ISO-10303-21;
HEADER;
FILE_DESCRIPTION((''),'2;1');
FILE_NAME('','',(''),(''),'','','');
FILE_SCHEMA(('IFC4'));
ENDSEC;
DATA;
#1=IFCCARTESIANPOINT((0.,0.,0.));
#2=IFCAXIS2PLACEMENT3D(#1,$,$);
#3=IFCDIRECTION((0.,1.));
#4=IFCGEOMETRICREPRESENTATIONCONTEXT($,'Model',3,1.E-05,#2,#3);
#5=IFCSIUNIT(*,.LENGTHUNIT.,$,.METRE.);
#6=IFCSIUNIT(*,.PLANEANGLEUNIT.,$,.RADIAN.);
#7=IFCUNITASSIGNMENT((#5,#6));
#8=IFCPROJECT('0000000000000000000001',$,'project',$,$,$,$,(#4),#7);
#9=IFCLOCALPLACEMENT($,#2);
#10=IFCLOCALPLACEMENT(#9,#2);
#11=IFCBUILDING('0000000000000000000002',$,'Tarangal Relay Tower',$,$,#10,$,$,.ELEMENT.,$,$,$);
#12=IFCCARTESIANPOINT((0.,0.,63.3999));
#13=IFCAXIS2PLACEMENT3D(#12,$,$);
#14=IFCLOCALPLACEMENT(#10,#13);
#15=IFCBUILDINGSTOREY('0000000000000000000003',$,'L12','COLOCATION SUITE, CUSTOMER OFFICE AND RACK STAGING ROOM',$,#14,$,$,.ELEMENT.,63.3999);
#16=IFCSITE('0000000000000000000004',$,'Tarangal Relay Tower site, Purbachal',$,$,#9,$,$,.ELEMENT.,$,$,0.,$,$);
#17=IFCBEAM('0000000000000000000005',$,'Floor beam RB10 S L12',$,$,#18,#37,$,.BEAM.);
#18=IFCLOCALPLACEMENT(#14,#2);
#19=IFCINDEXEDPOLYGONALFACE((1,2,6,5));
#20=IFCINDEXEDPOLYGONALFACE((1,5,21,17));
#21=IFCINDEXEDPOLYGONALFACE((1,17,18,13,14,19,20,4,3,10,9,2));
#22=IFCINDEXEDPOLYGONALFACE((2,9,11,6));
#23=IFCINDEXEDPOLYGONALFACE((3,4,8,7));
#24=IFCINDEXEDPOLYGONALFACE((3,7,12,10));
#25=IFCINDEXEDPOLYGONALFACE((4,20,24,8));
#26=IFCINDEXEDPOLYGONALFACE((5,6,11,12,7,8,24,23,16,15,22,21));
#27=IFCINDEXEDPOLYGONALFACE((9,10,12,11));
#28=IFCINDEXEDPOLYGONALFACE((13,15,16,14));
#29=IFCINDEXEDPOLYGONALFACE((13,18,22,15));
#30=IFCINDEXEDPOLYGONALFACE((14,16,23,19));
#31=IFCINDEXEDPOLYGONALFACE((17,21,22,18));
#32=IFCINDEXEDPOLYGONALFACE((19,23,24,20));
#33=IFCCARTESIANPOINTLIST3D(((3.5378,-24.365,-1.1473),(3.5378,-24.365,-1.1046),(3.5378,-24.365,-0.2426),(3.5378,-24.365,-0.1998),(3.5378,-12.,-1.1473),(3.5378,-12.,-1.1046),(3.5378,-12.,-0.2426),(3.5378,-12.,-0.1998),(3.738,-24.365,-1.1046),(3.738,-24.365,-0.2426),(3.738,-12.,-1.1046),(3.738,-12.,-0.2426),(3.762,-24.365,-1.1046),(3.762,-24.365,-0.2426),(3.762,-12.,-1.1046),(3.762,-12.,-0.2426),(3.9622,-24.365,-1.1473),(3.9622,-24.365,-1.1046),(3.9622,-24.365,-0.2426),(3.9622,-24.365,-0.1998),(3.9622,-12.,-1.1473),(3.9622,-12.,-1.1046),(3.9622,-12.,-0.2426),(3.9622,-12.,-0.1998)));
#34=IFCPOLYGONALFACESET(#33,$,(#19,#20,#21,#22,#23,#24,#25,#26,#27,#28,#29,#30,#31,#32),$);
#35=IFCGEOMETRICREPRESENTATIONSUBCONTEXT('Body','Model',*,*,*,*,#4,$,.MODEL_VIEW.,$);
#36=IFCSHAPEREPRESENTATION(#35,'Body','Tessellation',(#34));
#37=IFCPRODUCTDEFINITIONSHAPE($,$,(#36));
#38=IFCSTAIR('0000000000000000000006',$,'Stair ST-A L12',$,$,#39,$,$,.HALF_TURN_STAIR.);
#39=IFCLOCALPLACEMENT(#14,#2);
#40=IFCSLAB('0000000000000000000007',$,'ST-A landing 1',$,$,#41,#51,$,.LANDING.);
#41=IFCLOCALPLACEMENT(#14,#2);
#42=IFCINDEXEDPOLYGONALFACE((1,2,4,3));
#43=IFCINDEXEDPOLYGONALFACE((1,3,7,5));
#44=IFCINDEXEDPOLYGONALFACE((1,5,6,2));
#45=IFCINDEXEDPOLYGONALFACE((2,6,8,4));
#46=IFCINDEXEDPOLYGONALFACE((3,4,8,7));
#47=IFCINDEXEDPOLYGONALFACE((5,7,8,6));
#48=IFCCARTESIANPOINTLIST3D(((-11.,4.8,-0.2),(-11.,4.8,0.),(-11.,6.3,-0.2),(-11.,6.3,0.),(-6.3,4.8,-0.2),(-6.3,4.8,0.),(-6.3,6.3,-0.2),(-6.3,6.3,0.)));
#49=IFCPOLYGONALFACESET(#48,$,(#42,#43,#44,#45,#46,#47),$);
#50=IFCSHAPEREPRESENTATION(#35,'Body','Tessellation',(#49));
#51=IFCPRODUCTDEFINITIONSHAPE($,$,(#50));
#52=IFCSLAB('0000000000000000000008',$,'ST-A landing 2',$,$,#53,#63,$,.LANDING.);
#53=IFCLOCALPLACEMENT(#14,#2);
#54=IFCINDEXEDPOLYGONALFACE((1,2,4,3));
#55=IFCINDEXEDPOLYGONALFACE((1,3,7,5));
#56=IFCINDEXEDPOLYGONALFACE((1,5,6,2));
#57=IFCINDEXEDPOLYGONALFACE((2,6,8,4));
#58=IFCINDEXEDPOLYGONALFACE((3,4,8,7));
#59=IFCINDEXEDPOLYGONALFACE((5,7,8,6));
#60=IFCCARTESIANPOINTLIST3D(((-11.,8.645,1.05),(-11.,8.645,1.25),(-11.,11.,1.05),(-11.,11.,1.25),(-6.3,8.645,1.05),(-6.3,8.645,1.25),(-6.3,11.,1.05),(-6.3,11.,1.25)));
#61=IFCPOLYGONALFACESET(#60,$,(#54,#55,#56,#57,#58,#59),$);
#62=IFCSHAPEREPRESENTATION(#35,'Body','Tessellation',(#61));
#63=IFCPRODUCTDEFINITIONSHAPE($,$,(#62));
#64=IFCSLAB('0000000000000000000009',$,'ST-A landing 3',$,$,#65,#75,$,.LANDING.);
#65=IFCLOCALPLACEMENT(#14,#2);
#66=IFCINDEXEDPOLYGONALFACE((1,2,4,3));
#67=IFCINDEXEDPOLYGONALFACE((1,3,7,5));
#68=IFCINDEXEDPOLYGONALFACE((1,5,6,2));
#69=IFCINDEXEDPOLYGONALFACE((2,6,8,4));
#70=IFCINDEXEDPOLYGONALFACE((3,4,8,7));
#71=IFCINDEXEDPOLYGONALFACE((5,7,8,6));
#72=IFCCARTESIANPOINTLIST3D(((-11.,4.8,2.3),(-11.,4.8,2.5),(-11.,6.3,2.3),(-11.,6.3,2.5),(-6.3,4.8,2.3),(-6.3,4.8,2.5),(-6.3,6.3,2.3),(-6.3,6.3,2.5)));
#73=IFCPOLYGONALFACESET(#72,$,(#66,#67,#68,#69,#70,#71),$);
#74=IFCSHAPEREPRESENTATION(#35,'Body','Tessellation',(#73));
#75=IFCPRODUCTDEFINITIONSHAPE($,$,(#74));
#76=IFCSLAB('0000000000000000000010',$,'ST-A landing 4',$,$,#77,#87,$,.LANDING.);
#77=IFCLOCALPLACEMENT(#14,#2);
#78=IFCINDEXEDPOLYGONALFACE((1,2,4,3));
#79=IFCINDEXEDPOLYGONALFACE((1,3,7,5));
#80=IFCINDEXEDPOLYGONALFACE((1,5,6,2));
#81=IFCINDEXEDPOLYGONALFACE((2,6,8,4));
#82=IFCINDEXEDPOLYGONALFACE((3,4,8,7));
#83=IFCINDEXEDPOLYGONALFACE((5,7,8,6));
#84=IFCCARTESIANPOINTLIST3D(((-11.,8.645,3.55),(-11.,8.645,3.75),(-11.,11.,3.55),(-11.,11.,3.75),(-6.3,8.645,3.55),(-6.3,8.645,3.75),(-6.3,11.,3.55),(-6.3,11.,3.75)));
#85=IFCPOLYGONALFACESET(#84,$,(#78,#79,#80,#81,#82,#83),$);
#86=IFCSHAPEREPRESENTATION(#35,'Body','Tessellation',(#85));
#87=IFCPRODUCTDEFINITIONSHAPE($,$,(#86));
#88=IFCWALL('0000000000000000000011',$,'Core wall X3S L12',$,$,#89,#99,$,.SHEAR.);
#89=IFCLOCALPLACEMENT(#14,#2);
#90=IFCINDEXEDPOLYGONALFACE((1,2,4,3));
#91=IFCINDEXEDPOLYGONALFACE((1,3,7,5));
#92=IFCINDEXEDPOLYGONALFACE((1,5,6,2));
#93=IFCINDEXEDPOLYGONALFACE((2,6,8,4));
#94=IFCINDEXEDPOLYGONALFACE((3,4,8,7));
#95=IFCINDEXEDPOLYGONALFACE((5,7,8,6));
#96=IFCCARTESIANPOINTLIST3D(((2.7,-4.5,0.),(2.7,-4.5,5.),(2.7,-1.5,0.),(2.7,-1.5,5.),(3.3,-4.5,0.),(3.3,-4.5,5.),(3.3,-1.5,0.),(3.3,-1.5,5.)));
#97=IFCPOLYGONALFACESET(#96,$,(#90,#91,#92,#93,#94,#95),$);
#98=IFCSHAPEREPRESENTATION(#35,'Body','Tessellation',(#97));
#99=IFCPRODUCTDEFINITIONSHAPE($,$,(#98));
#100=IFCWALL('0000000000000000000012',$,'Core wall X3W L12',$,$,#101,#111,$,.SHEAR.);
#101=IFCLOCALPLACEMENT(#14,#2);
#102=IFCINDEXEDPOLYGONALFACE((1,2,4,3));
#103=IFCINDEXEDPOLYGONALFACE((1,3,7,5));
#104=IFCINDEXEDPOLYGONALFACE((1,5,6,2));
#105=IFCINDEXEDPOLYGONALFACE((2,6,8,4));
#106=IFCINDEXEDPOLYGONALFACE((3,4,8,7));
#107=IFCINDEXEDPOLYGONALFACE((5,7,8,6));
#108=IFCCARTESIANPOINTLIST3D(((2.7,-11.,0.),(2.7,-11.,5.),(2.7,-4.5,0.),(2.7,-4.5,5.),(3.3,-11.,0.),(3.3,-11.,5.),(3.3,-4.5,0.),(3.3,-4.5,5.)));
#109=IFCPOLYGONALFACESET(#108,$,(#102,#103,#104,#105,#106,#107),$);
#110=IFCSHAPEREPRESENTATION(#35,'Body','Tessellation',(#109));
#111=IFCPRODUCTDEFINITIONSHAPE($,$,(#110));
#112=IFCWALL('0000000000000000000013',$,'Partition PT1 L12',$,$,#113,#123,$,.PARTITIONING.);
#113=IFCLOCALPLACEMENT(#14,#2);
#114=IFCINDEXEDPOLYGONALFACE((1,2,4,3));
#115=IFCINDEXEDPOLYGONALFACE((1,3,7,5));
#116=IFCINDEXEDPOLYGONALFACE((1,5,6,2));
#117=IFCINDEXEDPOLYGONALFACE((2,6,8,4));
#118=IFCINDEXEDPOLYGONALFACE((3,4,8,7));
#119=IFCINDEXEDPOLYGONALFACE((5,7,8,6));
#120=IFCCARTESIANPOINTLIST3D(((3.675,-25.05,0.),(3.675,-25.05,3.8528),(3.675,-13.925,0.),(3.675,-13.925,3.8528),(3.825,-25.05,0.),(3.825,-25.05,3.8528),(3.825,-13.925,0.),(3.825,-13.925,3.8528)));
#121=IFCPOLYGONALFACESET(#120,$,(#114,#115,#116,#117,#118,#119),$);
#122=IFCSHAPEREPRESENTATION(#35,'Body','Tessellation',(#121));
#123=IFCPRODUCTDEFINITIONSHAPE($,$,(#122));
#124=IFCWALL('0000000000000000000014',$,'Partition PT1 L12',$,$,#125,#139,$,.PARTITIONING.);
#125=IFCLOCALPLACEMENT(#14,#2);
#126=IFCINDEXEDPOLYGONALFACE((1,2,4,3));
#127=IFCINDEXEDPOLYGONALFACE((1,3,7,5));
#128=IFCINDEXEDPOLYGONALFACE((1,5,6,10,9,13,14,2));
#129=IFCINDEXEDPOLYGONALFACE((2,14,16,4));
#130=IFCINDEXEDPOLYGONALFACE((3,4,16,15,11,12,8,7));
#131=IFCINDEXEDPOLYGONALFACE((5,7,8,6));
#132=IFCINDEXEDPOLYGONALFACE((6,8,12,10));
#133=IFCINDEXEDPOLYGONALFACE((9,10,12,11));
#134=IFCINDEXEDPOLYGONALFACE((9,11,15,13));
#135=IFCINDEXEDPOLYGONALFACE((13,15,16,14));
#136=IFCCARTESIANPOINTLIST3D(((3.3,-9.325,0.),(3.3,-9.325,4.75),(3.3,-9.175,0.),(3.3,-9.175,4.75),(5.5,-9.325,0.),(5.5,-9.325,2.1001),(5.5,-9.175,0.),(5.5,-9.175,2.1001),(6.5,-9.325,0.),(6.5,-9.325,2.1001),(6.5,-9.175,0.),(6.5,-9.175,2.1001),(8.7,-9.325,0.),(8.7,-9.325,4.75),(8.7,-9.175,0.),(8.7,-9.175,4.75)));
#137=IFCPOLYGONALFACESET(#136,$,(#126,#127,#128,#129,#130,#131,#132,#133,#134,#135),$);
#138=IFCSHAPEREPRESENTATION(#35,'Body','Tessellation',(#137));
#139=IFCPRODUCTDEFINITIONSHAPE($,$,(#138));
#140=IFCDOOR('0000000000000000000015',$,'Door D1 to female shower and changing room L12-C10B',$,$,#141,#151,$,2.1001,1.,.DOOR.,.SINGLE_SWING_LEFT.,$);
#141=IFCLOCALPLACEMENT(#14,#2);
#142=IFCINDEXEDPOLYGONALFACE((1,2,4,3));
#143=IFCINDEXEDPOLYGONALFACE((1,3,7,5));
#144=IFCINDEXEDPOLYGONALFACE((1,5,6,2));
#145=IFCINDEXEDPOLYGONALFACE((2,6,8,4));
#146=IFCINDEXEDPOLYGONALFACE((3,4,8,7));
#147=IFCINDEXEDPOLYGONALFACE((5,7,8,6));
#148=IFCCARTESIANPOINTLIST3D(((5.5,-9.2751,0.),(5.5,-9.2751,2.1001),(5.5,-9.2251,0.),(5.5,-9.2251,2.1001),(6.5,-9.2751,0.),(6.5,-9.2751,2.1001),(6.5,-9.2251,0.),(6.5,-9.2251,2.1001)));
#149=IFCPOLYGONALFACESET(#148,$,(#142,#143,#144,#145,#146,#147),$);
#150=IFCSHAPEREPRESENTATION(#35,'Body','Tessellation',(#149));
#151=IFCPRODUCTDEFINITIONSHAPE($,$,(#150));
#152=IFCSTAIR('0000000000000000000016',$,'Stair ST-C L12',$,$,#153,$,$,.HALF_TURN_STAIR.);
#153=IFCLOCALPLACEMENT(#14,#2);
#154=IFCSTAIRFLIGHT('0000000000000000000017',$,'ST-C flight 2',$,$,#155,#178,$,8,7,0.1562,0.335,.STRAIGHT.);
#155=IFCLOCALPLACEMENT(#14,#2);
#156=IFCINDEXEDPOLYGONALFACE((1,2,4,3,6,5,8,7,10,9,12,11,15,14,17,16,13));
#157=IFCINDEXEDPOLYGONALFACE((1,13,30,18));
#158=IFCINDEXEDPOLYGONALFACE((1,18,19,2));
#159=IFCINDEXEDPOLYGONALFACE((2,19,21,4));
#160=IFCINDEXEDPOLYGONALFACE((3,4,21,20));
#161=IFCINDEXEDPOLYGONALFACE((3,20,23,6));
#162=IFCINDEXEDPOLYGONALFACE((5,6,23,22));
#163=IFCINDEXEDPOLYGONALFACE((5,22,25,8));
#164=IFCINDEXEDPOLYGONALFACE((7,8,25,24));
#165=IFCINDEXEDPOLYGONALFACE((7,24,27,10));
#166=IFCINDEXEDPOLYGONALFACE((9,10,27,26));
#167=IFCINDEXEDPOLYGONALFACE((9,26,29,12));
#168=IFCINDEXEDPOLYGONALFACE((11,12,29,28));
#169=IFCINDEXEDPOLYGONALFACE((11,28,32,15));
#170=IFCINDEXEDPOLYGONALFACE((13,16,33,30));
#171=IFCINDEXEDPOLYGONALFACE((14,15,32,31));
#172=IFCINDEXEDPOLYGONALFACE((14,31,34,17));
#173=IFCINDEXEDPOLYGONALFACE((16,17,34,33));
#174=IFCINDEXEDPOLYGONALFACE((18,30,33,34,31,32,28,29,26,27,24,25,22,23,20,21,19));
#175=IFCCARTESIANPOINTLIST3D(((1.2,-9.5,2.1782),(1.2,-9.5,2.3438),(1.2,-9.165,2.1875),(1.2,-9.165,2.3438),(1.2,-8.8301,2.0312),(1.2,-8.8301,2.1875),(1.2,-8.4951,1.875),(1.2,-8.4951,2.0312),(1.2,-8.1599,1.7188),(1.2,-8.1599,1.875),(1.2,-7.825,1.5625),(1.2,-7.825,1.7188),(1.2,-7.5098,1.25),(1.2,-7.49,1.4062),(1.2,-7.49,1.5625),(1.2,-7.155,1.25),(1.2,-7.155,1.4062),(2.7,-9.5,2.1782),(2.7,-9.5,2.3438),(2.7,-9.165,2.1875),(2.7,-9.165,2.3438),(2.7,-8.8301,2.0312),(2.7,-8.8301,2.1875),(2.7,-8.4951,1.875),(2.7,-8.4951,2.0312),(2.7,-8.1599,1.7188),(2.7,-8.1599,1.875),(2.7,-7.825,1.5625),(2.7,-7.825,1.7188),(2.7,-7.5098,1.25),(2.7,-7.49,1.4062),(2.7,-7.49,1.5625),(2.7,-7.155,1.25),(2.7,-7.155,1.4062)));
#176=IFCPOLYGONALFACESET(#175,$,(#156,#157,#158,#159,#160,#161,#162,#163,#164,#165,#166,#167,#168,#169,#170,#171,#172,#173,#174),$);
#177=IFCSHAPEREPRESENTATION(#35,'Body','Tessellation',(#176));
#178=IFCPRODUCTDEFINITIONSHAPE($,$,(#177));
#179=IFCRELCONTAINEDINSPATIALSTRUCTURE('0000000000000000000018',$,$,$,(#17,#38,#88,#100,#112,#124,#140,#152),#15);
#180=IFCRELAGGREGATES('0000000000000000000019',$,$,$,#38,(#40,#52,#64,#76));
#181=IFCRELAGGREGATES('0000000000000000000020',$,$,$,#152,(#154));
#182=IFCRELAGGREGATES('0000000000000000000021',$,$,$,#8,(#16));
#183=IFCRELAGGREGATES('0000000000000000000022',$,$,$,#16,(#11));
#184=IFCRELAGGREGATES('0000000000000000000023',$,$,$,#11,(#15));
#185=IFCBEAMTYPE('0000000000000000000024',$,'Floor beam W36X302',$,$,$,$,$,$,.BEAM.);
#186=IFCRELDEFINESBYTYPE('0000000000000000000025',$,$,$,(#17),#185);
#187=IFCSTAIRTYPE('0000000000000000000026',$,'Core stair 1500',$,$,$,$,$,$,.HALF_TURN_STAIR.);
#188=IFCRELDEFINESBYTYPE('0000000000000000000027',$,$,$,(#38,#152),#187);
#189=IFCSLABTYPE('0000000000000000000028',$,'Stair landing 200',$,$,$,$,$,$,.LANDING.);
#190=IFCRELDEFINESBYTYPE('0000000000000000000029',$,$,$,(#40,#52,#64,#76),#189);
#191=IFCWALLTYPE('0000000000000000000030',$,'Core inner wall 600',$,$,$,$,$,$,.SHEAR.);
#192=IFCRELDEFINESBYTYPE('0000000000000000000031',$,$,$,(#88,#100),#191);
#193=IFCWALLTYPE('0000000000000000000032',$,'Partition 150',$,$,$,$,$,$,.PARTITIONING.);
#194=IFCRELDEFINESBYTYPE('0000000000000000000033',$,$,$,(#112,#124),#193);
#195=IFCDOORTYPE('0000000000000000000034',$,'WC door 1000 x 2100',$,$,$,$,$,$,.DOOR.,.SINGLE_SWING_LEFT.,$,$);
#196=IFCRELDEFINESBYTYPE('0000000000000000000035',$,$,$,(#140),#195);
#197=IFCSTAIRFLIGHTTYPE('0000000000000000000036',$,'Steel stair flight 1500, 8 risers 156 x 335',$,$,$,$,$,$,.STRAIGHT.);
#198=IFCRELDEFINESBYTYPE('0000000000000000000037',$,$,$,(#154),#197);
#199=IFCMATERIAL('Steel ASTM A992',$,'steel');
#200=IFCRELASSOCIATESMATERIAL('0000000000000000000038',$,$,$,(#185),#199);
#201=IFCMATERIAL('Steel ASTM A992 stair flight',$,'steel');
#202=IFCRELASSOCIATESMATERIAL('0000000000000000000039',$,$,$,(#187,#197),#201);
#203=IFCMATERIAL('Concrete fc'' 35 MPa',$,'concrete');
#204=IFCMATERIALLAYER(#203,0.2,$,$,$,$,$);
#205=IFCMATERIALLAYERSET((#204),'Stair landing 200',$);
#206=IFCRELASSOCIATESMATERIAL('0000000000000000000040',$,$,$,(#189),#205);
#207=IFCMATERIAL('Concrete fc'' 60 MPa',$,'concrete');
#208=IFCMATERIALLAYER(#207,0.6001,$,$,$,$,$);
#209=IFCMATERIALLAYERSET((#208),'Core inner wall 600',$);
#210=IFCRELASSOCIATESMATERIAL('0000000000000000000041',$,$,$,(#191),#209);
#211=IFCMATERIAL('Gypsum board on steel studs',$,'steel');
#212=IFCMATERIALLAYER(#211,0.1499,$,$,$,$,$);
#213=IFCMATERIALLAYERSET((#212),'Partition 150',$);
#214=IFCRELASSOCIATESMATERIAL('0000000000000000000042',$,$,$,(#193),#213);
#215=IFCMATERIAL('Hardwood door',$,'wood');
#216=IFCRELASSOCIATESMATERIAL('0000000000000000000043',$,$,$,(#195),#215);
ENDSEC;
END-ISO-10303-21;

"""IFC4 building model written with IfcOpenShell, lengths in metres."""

from ifc_helpers import new_model, si_unit, direction, frame, frame_2d, origin, origin_2d, place, context, subcontext, project, spatial, polyline, rectangle, i_section, outline, extrude, material, layer, layer_set, material_profile, profile_set, type_object, element, fill, aggregate, save


model = new_model("IFC4")

# Units and contexts
model_context = context("Model", 3, precision=1e-05, world=origin(), true_north=direction((0.0, 1.0)))
body_context = subcontext(model_context, "Body", "Model", "MODEL_VIEW")
ifc_project = project(units=[si_unit("LENGTHUNIT", "METRE"), si_unit("PLANEANGLEUNIT", "RADIAN")], contexts=[model_context])

# Site, building, storey
site_placement = place(None, origin())
site = spatial("IfcSite", under=ifc_project, at=site_placement, Name="Tarangal Relay Tower site, Purbachal", CompositionType="ELEMENT", RefElevation=0.0)
building_placement = place(site_placement, origin())
building = spatial("IfcBuilding", under=site, at=building_placement, Name="Tarangal Relay Tower", CompositionType="ELEMENT")
storey_placement = place(building_placement, frame((0.0, 0.0, 63.3999)))
storey = spatial("IfcBuildingStorey", under=building, at=storey_placement, Name="L12", Description="COLOCATION SUITE, CUSTOMER OFFICE AND RACK STAGING ROOM", CompositionType="ELEMENT", Elevation=63.3999)

# Beam
ifc_material_1 = material(Name="Steel ASTM A992", Category="steel")
ifc_material_profile = material_profile(ifc_material_1, i_section(OverallWidth=0.4243, OverallDepth=0.9475, WebThickness=0.0239, FlangeThickness=0.0427, at=origin_2d()), Name="W36X302")
ifc_profile_set = profile_set([ifc_material_profile], Name="Steel ASTM A992")
beam_type = type_object("IfcBeamType", Name="Floor beam W36X302", PredefinedType="BEAM", material=ifc_profile_set)
beam_placement = place(storey_placement, frame((3.75, -12.0, -0.6736), z_axis=(0.0, -1.0, 0.0), x_axis=(1.0, 0.0, 0.0)))
element("IfcBeam", 1, at=beam_placement, inside=storey, type_object=beam_type, Name="Floor beam RB10 S L12", PredefinedType="BEAM", context=body_context, shape_type="SweptSolid", body=[
    extrude(i_section(OverallWidth=0.4243, OverallDepth=0.9475, WebThickness=0.0239, FlangeThickness=0.0427, at=origin_2d()), origin(), (0.0, 0.0, 1.0), 12.365),
])

# Stair, slabs
ifc_material_2 = material(Name="Steel ASTM A992 stair flight", Category="steel")
stair_type = type_object("IfcStairType", Name="Core stair 1500", PredefinedType="HALF_TURN_STAIR", material=ifc_material_2)
stair_1_placement = place(storey_placement, origin())
stair_1 = element("IfcStair", 2, at=stair_1_placement, inside=storey, type_object=stair_type, Name="Stair ST-A L12", PredefinedType="HALF_TURN_STAIR")
ifc_material_3 = material(Name="Concrete fc' 35 MPa", Category="concrete")
ifc_layer_1 = layer(ifc_material_3, 0.2)
ifc_layer_set_1 = layer_set([ifc_layer_1], Name="Stair landing 200")
slab_type = type_object("IfcSlabType", Name="Stair landing 200", PredefinedType="LANDING", material=ifc_layer_set_1)
slab_1_placement = place(storey_placement, frame((0.0, 0.0, -0.2)))
slab_1 = element("IfcSlab", 3, at=slab_1_placement, type_object=slab_type, Name="ST-A landing 1", PredefinedType="LANDING", context=body_context, shape_type="SweptSolid", body=[
    extrude(outline(polyline([(-11.0, 4.8), (-6.3, 4.8), (-6.3, 6.3), (-11.0, 6.3), (-11.0, 4.8)])), origin(), (0.0, 0.0, 1.0), 0.2),
])
slab_2_placement = place(storey_placement, frame((0.0, 0.0, 1.05)))
slab_2 = element("IfcSlab", 4, at=slab_2_placement, type_object=slab_type, Name="ST-A landing 2", PredefinedType="LANDING", context=body_context, shape_type="SweptSolid", body=[
    extrude(outline(polyline([(-11.0, 8.645), (-6.3, 8.645), (-6.3, 11.0), (-11.0, 11.0), (-11.0, 8.645)])), origin(), (0.0, 0.0, 1.0), 0.2),
])
slab_3_placement = place(storey_placement, frame((0.0, 0.0, 2.3)))
slab_3 = element("IfcSlab", 5, at=slab_3_placement, type_object=slab_type, Name="ST-A landing 3", PredefinedType="LANDING", context=body_context, shape_type="SweptSolid", body=[
    extrude(outline(polyline([(-11.0, 4.8), (-6.3, 4.8), (-6.3, 6.3), (-11.0, 6.3), (-11.0, 4.8)])), origin(), (0.0, 0.0, 1.0), 0.2),
])
slab_4_placement = place(storey_placement, frame((0.0, 0.0, 3.55)))
slab_4 = element("IfcSlab", 6, at=slab_4_placement, type_object=slab_type, Name="ST-A landing 4", PredefinedType="LANDING", context=body_context, shape_type="SweptSolid", body=[
    extrude(outline(polyline([(-11.0, 8.645), (-6.3, 8.645), (-6.3, 11.0), (-11.0, 11.0), (-11.0, 8.645)])), origin(), (0.0, 0.0, 1.0), 0.2),
])
aggregate(stair_1, [slab_1, slab_2, slab_3, slab_4])

# Walls
ifc_material_4 = material(Name="Concrete fc' 60 MPa", Category="concrete")
ifc_layer_2 = layer(ifc_material_4, 0.6001)
ifc_layer_set_2 = layer_set([ifc_layer_2], Name="Core inner wall 600")
wall_type_1 = type_object("IfcWallType", Name="Core inner wall 600", PredefinedType="SHEAR", material=ifc_layer_set_2)
wall_1_placement = place(storey_placement, frame((3.0, -4.5, 0.0), z_axis=(0.0, 0.0, 1.0), x_axis=(0.0, 1.0, 0.0)))
element("IfcWall", 7, at=wall_1_placement, inside=storey, type_object=wall_type_1, Name="Core wall X3S L12", PredefinedType="SHEAR", context=body_context, shape_type="SweptSolid", body=[
    extrude(rectangle(XDim=3.0, YDim=0.6001, at=frame_2d((1.5, 0.0))), origin(), (0.0, 0.0, 1.0), 5.0),
])
wall_2_placement = place(storey_placement, frame((3.0, -11.0, 0.0), z_axis=(0.0, 0.0, 1.0), x_axis=(0.0, 1.0, 0.0)))
element("IfcWall", 8, at=wall_2_placement, inside=storey, type_object=wall_type_1, Name="Core wall X3W L12", PredefinedType="SHEAR", context=body_context, shape_type="SweptSolid", body=[
    extrude(rectangle(XDim=6.5, YDim=0.6001, at=frame_2d((3.25, 0.0))), origin(), (0.0, 0.0, 1.0), 5.0),
])
ifc_material_5 = material(Name="Gypsum board on steel studs", Category="steel")
ifc_layer_3 = layer(ifc_material_5, 0.1499)
ifc_layer_set_3 = layer_set([ifc_layer_3], Name="Partition 150")
wall_type_2 = type_object("IfcWallType", Name="Partition 150", PredefinedType="PARTITIONING", material=ifc_layer_set_3)
wall_3_placement = place(storey_placement, frame((3.75, -25.05, 0.0), z_axis=(0.0, 0.0, 1.0), x_axis=(0.0, 1.0, 0.0)))
element("IfcWall", 9, at=wall_3_placement, inside=storey, type_object=wall_type_2, Name="Partition PT1 L12", PredefinedType="PARTITIONING", context=body_context, shape_type="SweptSolid", body=[
    extrude(rectangle(XDim=11.125, YDim=0.1499, at=frame_2d((5.5625, 0.0))), origin(), (0.0, 0.0, 1.0), 3.8528),
])

# Wall, opening, door
wall_4_placement = place(storey_placement, frame((3.3, -9.25, 0.0), z_axis=(0.0, 0.0, 1.0), x_axis=(1.0, 0.0, 0.0)))
wall_4 = element("IfcWall", 10, at=wall_4_placement, inside=storey, type_object=wall_type_2, Name="Partition PT1 L12", PredefinedType="PARTITIONING", context=body_context, shape_type="SweptSolid", body=[
    extrude(rectangle(XDim=5.3999, YDim=0.1499, at=frame_2d((2.7, 0.0))), origin(), (0.0, 0.0, 1.0), 4.75),
])
opening_placement = place(wall_4_placement, frame((2.2, 0.0, 0.0)))
opening = element("IfcOpeningElement", 11, at=opening_placement, cuts=wall_4, PredefinedType="OPENING", context=body_context, shape_type="SweptSolid", body=[
    extrude(rectangle(XDim=1.0, YDim=2.1001, at=frame_2d((0.5, 1.05))), frame((0.0, 0.085, 0.0), z_axis=(0.0, -1.0, 0.0), x_axis=(1.0, 0.0, 0.0)), (0.0, 0.0, 1.0), 0.1699),
])
ifc_material_6 = material(Name="Hardwood door", Category="wood")
door_type = type_object("IfcDoorType", Name="WC door 1000 x 2100", OperationType="SINGLE_SWING_LEFT", PredefinedType="DOOR", material=ifc_material_6)
door_placement = place(opening_placement, origin())
door = element("IfcDoor", 12, at=door_placement, inside=storey, type_object=door_type, Name="Door D1 to female shower and changing room L12-C10B", OperationType="SINGLE_SWING_LEFT", OverallHeight=2.1001, OverallWidth=1.0, PredefinedType="DOOR", context=body_context, shape_type="SweptSolid", body=[
    extrude(rectangle(XDim=1.0, YDim=2.1001, at=frame_2d((0.5, 1.05))), frame((0.0, 0.0249, 0.0), z_axis=(0.0, -1.0, 0.0), x_axis=(1.0, 0.0, 0.0)), (0.0, 0.0, 1.0), 0.05),
])
fill(opening, door)

# Stair, stair flight
stair_2_placement = place(storey_placement, origin())
stair_2 = element("IfcStair", 13, at=stair_2_placement, inside=storey, type_object=stair_type, Name="Stair ST-C L12", PredefinedType="HALF_TURN_STAIR")
stair_flight_type = type_object("IfcStairFlightType", Name="Steel stair flight 1500, 8 risers 156 x 335", PredefinedType="STRAIGHT", material=ifc_material_2)
stair_flight_1_placement = place(storey_placement, frame((1.95, -7.155, 1.25), z_axis=(0.0, 0.0, 1.0), x_axis=(0.0, -1.0, 0.0)))
stair_flight_1 = element("IfcStairFlight", 14, at=stair_flight_1_placement, type_object=stair_flight_type, Name="ST-C flight 2", NumberOfRisers=8, NumberOfTreads=7, PredefinedType="STRAIGHT", RiserHeight=0.1562, TreadLength=0.335, context=body_context, shape_type="SweptSolid", body=[
    extrude(outline(polyline([(0.0, 0.0), (0.0, 0.1562), (0.335, 0.1562), (0.335, 0.3125), (0.6699, 0.3125), (0.6699, 0.4688), (1.0049, 0.4688), (1.0049, 0.625), (1.3401, 0.625), (1.3401, 0.7812), (1.675, 0.7812), (1.675, 0.9375), (2.01, 0.9375), (2.01, 1.0938), (2.345, 1.0938), (2.345, 1.25), (2.345, 0.9282), (0.3547, 0.0), (0.0, 0.0)])), frame((0.0, 0.75, 0.0), z_axis=(0.0, -1.0, 0.0), x_axis=(1.0, 0.0, 0.0)), (0.0, 0.0, 1.0), 1.5),
])
aggregate(stair_2, [stair_flight_1])

save(model, "model.ifc")
